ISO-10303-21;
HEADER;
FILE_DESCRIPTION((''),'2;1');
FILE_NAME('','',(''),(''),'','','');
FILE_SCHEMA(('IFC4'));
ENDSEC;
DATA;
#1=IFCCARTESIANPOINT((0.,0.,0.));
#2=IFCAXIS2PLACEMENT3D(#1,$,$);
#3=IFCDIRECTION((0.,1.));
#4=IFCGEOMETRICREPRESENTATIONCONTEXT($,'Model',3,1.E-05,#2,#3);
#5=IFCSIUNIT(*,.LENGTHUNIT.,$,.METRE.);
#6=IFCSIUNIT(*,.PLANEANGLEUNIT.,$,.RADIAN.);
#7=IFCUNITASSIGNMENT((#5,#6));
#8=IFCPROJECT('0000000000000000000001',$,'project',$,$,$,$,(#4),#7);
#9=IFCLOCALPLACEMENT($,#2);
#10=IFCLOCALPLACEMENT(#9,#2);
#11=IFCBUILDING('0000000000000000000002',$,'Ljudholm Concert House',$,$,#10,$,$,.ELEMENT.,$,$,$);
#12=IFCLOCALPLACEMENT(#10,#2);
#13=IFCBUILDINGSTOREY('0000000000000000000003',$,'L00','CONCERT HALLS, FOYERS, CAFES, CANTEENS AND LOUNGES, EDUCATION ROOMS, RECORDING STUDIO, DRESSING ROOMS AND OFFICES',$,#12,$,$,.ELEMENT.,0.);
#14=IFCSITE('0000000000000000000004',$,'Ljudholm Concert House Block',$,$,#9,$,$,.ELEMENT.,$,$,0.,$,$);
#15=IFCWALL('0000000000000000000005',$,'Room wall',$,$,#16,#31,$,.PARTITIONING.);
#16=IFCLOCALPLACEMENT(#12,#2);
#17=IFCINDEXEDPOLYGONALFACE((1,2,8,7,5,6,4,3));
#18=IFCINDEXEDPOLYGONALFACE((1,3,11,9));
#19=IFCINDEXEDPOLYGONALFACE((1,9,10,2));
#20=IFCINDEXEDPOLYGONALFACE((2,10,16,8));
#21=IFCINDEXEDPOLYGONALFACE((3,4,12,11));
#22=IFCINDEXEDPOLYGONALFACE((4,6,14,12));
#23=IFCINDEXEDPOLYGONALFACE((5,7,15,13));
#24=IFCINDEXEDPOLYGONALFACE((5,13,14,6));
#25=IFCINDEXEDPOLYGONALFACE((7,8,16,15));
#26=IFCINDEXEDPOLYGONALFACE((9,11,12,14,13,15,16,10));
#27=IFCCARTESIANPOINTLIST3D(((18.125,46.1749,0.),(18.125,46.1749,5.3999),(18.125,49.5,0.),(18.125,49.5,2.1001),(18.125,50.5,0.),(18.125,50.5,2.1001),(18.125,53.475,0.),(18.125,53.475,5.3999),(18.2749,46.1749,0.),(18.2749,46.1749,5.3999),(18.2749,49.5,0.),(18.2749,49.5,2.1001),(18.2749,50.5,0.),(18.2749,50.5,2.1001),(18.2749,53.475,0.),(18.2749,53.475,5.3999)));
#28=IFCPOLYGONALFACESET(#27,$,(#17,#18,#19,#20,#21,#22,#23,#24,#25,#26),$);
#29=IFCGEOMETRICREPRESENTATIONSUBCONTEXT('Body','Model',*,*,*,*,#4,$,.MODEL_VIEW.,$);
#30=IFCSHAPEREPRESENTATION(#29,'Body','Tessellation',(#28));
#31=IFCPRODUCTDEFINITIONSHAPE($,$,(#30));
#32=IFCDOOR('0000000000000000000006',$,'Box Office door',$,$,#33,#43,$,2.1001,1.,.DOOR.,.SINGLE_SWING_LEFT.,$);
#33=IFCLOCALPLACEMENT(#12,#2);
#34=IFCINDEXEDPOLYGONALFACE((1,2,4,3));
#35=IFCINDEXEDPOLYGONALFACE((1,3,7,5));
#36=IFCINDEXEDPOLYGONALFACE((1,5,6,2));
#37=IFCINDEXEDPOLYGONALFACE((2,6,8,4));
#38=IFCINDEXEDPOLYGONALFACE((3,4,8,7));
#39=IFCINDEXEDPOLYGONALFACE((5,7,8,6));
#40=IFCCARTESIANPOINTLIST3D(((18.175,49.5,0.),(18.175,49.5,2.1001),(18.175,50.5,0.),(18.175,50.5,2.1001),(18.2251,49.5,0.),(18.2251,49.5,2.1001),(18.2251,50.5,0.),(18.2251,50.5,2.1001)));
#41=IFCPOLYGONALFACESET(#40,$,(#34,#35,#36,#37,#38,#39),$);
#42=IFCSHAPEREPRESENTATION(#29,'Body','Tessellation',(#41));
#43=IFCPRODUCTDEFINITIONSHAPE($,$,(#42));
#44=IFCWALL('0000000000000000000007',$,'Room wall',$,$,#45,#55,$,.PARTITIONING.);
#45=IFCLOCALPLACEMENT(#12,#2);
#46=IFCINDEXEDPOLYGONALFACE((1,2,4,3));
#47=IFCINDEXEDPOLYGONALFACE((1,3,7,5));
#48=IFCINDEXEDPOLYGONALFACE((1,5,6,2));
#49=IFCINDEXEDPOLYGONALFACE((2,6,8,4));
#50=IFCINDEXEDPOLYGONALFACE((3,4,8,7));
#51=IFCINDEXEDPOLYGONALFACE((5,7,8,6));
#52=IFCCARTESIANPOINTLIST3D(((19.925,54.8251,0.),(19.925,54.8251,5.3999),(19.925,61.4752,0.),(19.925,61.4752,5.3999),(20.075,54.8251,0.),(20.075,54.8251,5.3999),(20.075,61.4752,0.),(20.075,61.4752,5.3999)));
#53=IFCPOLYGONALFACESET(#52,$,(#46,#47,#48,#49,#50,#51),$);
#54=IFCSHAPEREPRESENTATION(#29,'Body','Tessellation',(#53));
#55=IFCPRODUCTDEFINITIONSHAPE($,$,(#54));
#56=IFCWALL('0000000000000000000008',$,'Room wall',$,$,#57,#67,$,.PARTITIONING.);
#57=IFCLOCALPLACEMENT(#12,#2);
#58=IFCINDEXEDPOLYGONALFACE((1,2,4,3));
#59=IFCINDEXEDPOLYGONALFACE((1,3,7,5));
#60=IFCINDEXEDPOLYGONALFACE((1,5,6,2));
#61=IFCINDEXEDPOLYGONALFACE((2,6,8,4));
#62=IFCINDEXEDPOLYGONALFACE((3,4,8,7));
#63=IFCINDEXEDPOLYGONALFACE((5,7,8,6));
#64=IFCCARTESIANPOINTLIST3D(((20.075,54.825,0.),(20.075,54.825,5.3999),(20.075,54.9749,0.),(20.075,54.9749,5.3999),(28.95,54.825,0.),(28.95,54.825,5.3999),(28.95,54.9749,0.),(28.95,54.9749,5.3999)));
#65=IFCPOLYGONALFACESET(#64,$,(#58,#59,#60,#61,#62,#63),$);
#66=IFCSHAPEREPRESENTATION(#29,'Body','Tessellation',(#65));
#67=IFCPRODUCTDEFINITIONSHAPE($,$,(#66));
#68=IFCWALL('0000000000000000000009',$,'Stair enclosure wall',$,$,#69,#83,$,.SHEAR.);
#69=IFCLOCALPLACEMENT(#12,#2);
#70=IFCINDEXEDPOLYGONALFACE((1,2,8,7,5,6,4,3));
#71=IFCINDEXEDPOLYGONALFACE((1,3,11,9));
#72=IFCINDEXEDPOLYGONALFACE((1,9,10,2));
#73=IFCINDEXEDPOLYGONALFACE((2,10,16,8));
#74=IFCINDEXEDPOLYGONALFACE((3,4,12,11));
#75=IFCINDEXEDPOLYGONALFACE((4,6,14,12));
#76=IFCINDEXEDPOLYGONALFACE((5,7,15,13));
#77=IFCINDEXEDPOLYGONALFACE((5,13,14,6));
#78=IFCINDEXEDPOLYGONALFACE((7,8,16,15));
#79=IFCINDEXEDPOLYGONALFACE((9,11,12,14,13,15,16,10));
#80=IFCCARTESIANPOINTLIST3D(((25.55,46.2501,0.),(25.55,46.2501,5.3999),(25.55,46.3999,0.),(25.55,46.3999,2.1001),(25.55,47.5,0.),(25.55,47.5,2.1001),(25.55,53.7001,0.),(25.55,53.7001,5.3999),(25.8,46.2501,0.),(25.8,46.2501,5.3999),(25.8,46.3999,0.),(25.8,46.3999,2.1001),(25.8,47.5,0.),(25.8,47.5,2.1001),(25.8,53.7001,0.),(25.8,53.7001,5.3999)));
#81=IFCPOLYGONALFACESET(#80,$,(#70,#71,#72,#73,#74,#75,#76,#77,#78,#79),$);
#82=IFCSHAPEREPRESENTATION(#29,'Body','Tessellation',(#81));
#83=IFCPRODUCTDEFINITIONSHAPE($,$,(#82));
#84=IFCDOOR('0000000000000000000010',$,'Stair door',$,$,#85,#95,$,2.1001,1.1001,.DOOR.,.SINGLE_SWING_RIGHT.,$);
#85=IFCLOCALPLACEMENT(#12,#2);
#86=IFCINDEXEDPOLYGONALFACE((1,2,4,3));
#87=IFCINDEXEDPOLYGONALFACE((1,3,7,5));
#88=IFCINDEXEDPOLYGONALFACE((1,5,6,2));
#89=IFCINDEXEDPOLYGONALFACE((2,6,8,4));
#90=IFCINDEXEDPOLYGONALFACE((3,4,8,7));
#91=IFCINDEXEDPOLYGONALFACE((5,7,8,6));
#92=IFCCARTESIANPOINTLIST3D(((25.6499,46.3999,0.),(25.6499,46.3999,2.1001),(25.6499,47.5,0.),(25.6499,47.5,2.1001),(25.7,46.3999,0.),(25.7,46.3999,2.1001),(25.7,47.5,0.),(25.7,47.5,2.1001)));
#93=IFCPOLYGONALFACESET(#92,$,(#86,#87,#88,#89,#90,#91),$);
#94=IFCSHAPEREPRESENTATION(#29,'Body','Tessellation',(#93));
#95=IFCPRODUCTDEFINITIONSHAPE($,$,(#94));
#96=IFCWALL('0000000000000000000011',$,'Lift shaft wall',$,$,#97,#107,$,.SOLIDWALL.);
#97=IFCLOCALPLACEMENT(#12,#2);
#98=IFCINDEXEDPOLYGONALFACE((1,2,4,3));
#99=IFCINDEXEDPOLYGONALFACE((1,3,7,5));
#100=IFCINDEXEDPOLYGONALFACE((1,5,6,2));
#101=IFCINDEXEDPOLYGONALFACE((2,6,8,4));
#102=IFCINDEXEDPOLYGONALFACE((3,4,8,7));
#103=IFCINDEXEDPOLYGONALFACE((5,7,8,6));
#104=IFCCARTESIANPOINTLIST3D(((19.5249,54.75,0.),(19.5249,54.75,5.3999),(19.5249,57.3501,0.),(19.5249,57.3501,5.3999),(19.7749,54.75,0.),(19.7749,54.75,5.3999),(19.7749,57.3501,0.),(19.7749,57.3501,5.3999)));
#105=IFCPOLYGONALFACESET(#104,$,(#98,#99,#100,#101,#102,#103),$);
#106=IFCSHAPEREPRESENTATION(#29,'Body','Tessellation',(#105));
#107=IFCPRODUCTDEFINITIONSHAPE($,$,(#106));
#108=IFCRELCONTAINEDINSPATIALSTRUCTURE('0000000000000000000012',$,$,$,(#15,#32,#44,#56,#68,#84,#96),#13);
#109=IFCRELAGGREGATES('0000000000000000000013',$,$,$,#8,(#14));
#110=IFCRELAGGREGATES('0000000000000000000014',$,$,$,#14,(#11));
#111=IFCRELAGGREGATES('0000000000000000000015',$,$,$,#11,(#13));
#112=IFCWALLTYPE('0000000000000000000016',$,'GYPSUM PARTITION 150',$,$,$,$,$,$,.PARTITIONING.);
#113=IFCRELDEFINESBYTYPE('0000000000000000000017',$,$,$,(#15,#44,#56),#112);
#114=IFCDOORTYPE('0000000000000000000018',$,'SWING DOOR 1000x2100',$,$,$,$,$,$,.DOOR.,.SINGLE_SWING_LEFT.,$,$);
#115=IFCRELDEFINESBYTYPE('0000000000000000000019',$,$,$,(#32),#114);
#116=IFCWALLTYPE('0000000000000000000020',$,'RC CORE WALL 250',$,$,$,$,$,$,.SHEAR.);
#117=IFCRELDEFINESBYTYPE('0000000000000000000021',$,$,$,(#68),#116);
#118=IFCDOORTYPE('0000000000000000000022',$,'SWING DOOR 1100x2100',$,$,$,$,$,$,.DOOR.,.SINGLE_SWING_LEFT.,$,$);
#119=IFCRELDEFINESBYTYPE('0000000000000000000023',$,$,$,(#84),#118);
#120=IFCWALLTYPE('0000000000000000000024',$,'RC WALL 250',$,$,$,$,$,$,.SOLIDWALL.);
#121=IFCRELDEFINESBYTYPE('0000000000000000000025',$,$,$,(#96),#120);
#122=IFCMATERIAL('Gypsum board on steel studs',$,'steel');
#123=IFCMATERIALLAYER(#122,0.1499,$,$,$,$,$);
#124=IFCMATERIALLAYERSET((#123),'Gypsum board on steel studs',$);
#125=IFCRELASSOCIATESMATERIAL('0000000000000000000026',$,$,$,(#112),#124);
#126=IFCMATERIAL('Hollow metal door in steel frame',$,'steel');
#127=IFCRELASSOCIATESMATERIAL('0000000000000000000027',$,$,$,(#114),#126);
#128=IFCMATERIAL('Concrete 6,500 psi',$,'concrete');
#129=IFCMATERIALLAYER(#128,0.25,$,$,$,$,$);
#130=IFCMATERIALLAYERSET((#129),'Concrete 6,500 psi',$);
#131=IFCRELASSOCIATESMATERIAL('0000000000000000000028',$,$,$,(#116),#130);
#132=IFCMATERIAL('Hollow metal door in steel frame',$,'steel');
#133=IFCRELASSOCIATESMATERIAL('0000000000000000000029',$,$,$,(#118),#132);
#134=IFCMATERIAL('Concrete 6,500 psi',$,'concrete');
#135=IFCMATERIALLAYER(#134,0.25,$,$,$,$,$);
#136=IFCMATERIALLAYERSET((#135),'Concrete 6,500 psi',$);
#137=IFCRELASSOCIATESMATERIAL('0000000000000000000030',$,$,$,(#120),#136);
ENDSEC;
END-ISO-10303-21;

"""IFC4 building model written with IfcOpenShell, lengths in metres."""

from ifc_helpers import new_model, si_unit, direction, frame, frame_2d, origin, place, context, subcontext, project, spatial, rectangle, extrude, material, layer, layer_set, type_object, element, fill, save


model = new_model("IFC4")

# Units and contexts
model_context = context("Model", 3, precision=1e-05, world=origin(), true_north=direction((0.0, 1.0)))
body_context = subcontext(model_context, "Body", "Model", "MODEL_VIEW")
ifc_project = project(units=[si_unit("LENGTHUNIT", "METRE"), si_unit("PLANEANGLEUNIT", "RADIAN")], contexts=[model_context])

# Site, building, storey
site_placement = place(None, origin())
site = spatial("IfcSite", under=ifc_project, at=site_placement, Name="Ljudholm Concert House Block", CompositionType="ELEMENT", RefElevation=0.0)
building_placement = place(site_placement, origin())
building = spatial("IfcBuilding", under=site, at=building_placement, Name="Ljudholm Concert House", CompositionType="ELEMENT")
storey_placement = place(building_placement, origin())
storey = spatial("IfcBuildingStorey", under=building, at=storey_placement, Name="L00", Description="CONCERT HALLS, FOYERS, CAFES, CANTEENS AND LOUNGES, EDUCATION ROOMS, RECORDING STUDIO, DRESSING ROOMS AND OFFICES", CompositionType="ELEMENT", Elevation=0.0)

# Wall, opening, door
ifc_material_1 = material(Name="Gypsum board on steel studs", Category="steel")
ifc_layer_1 = layer(ifc_material_1, 0.1499)
ifc_layer_set_1 = layer_set([ifc_layer_1], Name="Gypsum board on steel studs")
wall_type_1 = type_object("IfcWallType", Name="GYPSUM PARTITION 150", PredefinedType="PARTITIONING", material=ifc_layer_set_1)
wall_1_placement = place(storey_placement, frame((18.2, 46.175, 0.0), z_axis=(0.0, 0.0, 1.0), x_axis=(0.0, 1.0, 0.0)))
wall_1 = element("IfcWall", 1, at=wall_1_placement, inside=storey, type_object=wall_type_1, Name="Room wall", PredefinedType="PARTITIONING", context=body_context, shape_type="SweptSolid", body=[
    extrude(rectangle(XDim=7.3, YDim=0.1499, at=frame_2d((3.6499, 0.0))), origin(), (0.0, 0.0, 1.0), 5.3999),
])
opening_1_placement = place(wall_1_placement, frame((3.325, 0.0, 0.0)))
opening_1 = element("IfcOpeningElement", 2, at=opening_1_placement, cuts=wall_1, PredefinedType="OPENING", context=body_context, shape_type="SweptSolid", body=[
    extrude(rectangle(XDim=1.0, YDim=2.1001, at=frame_2d((0.5, 1.05))), frame((0.0, 0.085, 0.0), z_axis=(0.0, -1.0, 0.0), x_axis=(1.0, 0.0, 0.0)), (0.0, 0.0, 1.0), 0.1699),
])
ifc_material_2 = material(Name="Hollow metal door in steel frame", Category="steel")
door_type_1 = type_object("IfcDoorType", Name="SWING DOOR 1000x2100", OperationType="SINGLE_SWING_LEFT", PredefinedType="DOOR", material=ifc_material_2)
door_1_placement = place(opening_1_placement, origin())
door_1 = element("IfcDoor", 3, at=door_1_placement, inside=storey, type_object=door_type_1, Name="Box Office door", OperationType="SINGLE_SWING_LEFT", OverallHeight=2.1001, OverallWidth=1.0, PredefinedType="DOOR", context=body_context, shape_type="SweptSolid", body=[
    extrude(rectangle(XDim=1.0, YDim=2.1001, at=frame_2d((0.5, 1.05))), frame((0.0, 0.0249, 0.0), z_axis=(0.0, -1.0, 0.0), x_axis=(1.0, 0.0, 0.0)), (0.0, 0.0, 1.0), 0.05),
])
fill(opening_1, door_1)

# Walls
wall_2_placement = place(storey_placement, frame((20.0, 54.825, 0.0), z_axis=(0.0, 0.0, 1.0), x_axis=(0.0, 1.0, 0.0)))
element("IfcWall", 4, at=wall_2_placement, inside=storey, type_object=wall_type_1, Name="Room wall", PredefinedType="PARTITIONING", context=body_context, shape_type="SweptSolid", body=[
    extrude(rectangle(XDim=6.6501, YDim=0.1499, at=frame_2d((3.3252, 0.0))), origin(), (0.0, 0.0, 1.0), 5.3999),
])
wall_3_placement = place(storey_placement, frame((20.075, 54.8999, 0.0), z_axis=(0.0, 0.0, 1.0), x_axis=(1.0, 0.0, 0.0)))
element("IfcWall", 5, at=wall_3_placement, inside=storey, type_object=wall_type_1, Name="Room wall", PredefinedType="PARTITIONING", context=body_context, shape_type="SweptSolid", body=[
    extrude(rectangle(XDim=8.875, YDim=0.1499, at=frame_2d((4.4375, 0.0))), origin(), (0.0, 0.0, 1.0), 5.3999),
])

# Wall, opening, door
ifc_material_3 = material(Name="Concrete 6,500 psi", Category="concrete")
ifc_layer_2 = layer(ifc_material_3, 0.25)
ifc_layer_set_2 = layer_set([ifc_layer_2], Name="Concrete 6,500 psi")
wall_type_2 = type_object("IfcWallType", Name="RC CORE WALL 250", PredefinedType="SHEAR", material=ifc_layer_set_2)
wall_4_placement = place(storey_placement, frame((25.675, 46.25, 0.0), z_axis=(0.0, 0.0, 1.0), x_axis=(0.0, 1.0, 0.0)))
wall_4 = element("IfcWall", 6, at=wall_4_placement, inside=storey, type_object=wall_type_2, Name="Stair enclosure wall", PredefinedType="SHEAR", context=body_context, shape_type="SweptSolid", body=[
    extrude(rectangle(XDim=7.45, YDim=0.25, at=frame_2d((3.7251, 0.0))), origin(), (0.0, 0.0, 1.0), 5.3999),
])
opening_2_placement = place(wall_4_placement, frame((0.1499, 0.0, 0.0)))
opening_2 = element("IfcOpeningElement", 7, at=opening_2_placement, cuts=wall_4, PredefinedType="OPENING", context=body_context, shape_type="SweptSolid", body=[
    extrude(rectangle(XDim=1.1001, YDim=2.1001, at=frame_2d((0.55, 1.05))), frame((0.0, 0.135, 0.0), z_axis=(0.0, -1.0, 0.0), x_axis=(1.0, 0.0, 0.0)), (0.0, 0.0, 1.0), 0.27),
])
ifc_material_4 = material(Name="Hollow metal door in steel frame", Category="steel")
door_type_2 = type_object("IfcDoorType", Name="SWING DOOR 1100x2100", OperationType="SINGLE_SWING_LEFT", PredefinedType="DOOR", material=ifc_material_4)
door_2_placement = place(opening_2_placement, frame((1.1001, 0.0, 0.0), z_axis=(0.0, 0.0, 1.0), x_axis=(-1.0, 0.0, 0.0)))
door_2 = element("IfcDoor", 8, at=door_2_placement, inside=storey, type_object=door_type_2, Name="Stair door", OperationType="SINGLE_SWING_RIGHT", OverallHeight=2.1001, OverallWidth=1.1001, PredefinedType="DOOR", context=body_context, shape_type="SweptSolid", body=[
    extrude(rectangle(XDim=1.1001, YDim=2.1001, at=frame_2d((0.55, 1.05))), frame((0.0, 0.0249, 0.0), z_axis=(0.0, -1.0, 0.0), x_axis=(1.0, 0.0, 0.0)), (0.0, 0.0, 1.0), 0.05),
])
fill(opening_2, door_2)

# Wall
ifc_material_5 = material(Name="Concrete 6,500 psi", Category="concrete")
ifc_layer_3 = layer(ifc_material_5, 0.25)
ifc_layer_set_3 = layer_set([ifc_layer_3], Name="Concrete 6,500 psi")
wall_type_3 = type_object("IfcWallType", Name="RC WALL 250", PredefinedType="SOLIDWALL", material=ifc_layer_set_3)
wall_5_placement = place(storey_placement, frame((19.6499, 54.75, 0.0), z_axis=(0.0, 0.0, 1.0), x_axis=(0.0, 1.0, 0.0)))
element("IfcWall", 9, at=wall_5_placement, inside=storey, type_object=wall_type_3, Name="Lift shaft wall", PredefinedType="SOLIDWALL", context=body_context, shape_type="SweptSolid", body=[
    extrude(rectangle(XDim=2.6001, YDim=0.25, at=frame_2d((1.3, 0.0))), origin(), (0.0, 0.0, 1.0), 5.3999),
])

save(model, "model.ifc")
